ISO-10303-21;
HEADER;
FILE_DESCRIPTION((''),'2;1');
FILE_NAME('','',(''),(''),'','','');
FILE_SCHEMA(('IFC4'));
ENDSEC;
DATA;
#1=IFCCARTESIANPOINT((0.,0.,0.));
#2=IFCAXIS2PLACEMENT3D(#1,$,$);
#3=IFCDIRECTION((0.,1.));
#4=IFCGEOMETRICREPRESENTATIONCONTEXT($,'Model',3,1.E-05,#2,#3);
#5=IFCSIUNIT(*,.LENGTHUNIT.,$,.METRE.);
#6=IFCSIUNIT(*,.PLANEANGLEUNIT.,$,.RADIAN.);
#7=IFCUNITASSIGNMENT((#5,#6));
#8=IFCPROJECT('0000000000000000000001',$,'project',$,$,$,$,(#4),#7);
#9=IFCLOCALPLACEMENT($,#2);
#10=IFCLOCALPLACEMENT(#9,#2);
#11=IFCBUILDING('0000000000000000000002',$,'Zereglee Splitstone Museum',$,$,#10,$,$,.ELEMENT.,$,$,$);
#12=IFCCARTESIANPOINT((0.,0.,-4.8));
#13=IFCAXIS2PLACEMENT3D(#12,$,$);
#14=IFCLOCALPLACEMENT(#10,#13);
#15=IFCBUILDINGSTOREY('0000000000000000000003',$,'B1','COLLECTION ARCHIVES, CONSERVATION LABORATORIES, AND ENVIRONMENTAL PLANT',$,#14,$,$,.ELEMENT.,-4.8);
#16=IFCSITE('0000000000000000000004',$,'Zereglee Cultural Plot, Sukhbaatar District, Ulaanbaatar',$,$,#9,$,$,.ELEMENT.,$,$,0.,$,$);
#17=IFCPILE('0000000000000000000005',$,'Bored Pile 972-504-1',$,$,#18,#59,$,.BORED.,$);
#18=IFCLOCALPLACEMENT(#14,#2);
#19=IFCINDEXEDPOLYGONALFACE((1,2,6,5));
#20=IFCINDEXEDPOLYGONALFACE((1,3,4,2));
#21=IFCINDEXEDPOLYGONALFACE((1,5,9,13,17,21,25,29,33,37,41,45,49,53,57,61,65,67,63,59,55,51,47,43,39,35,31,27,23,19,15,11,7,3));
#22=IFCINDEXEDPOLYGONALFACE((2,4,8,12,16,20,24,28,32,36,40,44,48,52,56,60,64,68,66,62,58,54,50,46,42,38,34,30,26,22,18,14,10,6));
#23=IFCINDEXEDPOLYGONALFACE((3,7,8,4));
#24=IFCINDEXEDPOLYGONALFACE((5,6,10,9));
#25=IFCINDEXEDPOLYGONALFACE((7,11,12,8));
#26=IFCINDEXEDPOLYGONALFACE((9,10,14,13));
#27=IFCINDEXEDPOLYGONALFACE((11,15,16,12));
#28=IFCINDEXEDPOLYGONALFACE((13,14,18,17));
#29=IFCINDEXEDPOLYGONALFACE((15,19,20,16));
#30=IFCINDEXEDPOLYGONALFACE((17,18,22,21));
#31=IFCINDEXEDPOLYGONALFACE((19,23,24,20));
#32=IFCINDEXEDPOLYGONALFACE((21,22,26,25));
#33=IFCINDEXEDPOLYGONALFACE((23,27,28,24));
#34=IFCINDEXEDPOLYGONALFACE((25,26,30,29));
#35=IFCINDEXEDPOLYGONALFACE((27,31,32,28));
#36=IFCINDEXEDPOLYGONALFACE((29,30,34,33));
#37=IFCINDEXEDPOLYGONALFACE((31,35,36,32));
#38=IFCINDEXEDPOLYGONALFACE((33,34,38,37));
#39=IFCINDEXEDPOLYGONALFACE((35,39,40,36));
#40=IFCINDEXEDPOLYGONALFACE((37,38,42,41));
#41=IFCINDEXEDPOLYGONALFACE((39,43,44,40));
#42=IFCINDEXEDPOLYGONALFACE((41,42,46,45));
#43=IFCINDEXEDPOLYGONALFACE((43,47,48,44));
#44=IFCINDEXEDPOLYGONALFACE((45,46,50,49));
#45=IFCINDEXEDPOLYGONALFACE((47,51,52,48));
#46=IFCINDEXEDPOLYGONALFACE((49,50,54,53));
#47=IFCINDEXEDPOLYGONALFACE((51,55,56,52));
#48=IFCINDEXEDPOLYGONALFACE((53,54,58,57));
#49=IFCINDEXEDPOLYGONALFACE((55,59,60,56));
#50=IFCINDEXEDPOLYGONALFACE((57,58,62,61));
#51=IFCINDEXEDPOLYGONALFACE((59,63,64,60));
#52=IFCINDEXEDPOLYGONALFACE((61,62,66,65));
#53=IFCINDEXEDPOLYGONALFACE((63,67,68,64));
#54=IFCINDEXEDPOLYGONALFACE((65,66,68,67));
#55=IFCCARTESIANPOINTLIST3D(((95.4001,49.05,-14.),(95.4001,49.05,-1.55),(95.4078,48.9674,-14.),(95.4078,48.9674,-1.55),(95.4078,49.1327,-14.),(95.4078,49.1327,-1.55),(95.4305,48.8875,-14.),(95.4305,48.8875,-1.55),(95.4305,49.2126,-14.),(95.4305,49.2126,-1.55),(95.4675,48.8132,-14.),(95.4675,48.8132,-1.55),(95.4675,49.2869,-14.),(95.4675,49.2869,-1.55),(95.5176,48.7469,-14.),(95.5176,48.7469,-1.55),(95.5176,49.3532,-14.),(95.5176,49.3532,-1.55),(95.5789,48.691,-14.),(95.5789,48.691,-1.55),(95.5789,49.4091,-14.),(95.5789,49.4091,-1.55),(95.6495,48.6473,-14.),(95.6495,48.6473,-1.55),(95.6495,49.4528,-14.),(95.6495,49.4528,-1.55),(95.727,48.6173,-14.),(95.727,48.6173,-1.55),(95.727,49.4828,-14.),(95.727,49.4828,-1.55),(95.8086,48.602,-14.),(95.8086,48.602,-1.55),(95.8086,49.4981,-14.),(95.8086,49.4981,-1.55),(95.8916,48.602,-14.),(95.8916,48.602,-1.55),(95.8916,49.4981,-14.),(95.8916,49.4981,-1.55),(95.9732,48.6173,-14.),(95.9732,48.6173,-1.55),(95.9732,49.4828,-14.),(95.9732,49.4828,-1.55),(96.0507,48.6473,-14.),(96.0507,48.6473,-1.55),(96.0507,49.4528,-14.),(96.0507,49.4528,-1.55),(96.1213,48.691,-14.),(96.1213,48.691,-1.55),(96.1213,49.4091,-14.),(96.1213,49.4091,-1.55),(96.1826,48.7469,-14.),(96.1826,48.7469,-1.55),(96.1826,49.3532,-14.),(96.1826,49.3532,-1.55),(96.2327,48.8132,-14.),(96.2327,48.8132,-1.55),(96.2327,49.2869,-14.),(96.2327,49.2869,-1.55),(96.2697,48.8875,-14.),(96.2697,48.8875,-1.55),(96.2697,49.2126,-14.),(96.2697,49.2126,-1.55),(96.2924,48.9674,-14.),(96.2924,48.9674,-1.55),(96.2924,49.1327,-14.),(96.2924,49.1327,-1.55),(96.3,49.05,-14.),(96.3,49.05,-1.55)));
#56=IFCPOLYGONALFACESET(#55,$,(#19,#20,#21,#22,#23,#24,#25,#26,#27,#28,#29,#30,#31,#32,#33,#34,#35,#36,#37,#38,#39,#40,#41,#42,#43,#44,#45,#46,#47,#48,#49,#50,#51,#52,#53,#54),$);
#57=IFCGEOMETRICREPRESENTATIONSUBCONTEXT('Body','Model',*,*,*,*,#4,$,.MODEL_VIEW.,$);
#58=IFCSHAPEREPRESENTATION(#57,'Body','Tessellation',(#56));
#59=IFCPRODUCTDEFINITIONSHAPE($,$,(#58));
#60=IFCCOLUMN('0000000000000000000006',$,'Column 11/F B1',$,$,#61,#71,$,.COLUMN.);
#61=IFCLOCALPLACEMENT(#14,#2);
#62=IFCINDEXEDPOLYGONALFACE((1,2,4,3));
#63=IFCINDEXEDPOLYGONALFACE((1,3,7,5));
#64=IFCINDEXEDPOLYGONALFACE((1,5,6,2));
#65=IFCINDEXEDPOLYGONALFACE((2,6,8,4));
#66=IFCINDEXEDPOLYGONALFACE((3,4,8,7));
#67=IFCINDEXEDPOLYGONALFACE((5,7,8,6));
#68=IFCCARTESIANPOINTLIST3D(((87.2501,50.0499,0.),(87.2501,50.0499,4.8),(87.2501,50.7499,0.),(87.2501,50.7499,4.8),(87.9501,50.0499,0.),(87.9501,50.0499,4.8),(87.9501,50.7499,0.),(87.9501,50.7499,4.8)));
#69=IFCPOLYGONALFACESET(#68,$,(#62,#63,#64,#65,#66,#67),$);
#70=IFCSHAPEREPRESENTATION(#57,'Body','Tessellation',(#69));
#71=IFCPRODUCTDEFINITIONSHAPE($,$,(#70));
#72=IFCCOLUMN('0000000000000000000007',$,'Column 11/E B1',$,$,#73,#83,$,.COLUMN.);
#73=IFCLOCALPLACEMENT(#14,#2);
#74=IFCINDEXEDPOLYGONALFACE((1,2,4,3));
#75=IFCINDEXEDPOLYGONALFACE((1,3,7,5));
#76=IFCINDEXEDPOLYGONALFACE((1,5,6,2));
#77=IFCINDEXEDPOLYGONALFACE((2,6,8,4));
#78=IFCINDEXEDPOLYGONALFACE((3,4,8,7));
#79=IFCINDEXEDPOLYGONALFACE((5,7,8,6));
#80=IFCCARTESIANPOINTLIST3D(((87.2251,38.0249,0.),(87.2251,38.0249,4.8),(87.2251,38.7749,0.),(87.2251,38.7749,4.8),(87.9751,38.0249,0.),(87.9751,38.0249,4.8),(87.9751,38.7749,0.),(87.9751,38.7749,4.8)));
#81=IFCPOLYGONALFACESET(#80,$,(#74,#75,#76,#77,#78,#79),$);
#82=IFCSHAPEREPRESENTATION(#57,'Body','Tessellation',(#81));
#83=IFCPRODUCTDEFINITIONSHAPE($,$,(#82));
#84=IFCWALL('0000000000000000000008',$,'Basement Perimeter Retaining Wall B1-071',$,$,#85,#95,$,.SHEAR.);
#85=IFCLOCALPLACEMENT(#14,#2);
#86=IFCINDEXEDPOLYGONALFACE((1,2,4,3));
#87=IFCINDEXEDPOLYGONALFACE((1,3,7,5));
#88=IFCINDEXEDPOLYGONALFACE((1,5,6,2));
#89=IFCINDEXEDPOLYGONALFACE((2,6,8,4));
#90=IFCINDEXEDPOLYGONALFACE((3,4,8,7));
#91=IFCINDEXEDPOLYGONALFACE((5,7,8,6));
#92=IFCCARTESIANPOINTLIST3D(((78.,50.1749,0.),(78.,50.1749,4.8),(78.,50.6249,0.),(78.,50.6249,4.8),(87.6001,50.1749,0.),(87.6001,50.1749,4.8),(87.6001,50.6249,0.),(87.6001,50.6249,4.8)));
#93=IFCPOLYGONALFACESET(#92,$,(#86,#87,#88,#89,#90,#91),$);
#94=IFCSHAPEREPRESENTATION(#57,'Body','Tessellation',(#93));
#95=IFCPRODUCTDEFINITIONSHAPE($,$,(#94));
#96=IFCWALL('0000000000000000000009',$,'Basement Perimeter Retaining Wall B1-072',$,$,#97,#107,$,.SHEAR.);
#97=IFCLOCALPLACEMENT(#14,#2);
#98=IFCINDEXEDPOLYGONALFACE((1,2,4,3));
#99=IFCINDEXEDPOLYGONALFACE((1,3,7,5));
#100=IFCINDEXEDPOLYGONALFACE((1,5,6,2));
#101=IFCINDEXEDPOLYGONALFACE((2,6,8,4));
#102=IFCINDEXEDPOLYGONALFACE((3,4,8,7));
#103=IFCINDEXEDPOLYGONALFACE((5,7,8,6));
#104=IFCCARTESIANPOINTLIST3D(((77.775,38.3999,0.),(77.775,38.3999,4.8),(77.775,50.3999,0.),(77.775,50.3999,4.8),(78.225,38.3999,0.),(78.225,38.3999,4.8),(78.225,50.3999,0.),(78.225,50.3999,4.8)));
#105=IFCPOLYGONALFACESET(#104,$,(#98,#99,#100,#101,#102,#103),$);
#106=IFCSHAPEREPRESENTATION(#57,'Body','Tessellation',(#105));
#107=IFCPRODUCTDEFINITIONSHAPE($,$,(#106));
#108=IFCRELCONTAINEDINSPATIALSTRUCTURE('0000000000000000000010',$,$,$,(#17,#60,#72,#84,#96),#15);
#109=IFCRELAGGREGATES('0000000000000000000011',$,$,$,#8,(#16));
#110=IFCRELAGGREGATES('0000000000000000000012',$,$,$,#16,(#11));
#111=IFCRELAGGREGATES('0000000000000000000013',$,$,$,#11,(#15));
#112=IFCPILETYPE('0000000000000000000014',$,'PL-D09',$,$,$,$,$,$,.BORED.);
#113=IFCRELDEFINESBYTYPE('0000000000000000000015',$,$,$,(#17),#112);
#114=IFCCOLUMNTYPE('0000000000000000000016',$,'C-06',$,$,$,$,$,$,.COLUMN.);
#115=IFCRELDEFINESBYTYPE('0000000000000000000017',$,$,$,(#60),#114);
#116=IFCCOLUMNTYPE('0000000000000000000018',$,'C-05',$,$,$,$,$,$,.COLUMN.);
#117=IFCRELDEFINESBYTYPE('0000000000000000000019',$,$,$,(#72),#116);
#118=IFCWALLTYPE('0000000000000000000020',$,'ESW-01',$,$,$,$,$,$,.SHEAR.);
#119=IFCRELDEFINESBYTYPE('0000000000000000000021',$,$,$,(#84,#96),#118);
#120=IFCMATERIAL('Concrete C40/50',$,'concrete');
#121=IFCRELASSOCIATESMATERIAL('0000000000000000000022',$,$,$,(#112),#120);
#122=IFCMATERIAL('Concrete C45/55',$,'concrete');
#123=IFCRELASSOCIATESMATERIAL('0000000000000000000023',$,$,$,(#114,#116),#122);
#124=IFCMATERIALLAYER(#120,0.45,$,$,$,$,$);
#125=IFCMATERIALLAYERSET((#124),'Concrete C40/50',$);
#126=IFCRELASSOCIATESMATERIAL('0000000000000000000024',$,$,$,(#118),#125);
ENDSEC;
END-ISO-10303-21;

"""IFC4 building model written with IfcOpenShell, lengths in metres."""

from ifc_helpers import new_model, si_unit, direction, frame, frame_2d, origin, origin_2d, place, context, subcontext, project, spatial, rectangle, circle, extrude, material, layer, layer_set, material_profile, profile_set, type_object, element, save


model = new_model("IFC4")

# Units and contexts
model_context = context("Model", 3, precision=1e-05, world=origin(), true_north=direction((0.0, 1.0)))
body_context = subcontext(model_context, "Body", "Model", "MODEL_VIEW")
ifc_project = project(units=[si_unit("LENGTHUNIT", "METRE"), si_unit("PLANEANGLEUNIT", "RADIAN")], contexts=[model_context])

# Site, building, storey
site_placement = place(None, origin())
site = spatial("IfcSite", under=ifc_project, at=site_placement, Name="Zereglee Cultural Plot, Sukhbaatar District, Ulaanbaatar", CompositionType="ELEMENT", RefElevation=0.0)
building_placement = place(site_placement, origin())
building = spatial("IfcBuilding", under=site, at=building_placement, Name="Zereglee Splitstone Museum", CompositionType="ELEMENT")
storey_placement = place(building_placement, frame((0.0, 0.0, -4.8)))
storey = spatial("IfcBuildingStorey", under=building, at=storey_placement, Name="B1", Description="COLLECTION ARCHIVES, CONSERVATION LABORATORIES, AND ENVIRONMENTAL PLANT", CompositionType="ELEMENT", Elevation=-4.8)

# Shared definitions
ifc_material_1 = material(Name="Concrete C40/50", Category="concrete")

# Pile
ifc_material_profile_1 = material_profile(ifc_material_1, circle(Radius=0.45, at=origin_2d()), Name="PILE D900")
ifc_profile_set_1 = profile_set([ifc_material_profile_1], Name="Concrete C40/50")
pile_type = type_object("IfcPileType", Name="PL-D09", PredefinedType="BORED", material=ifc_profile_set_1)
pile_1_placement = place(storey_placement, frame((95.8501, 49.05, -1.55), z_axis=(0.0, 0.0, -1.0), x_axis=(1.0, 0.0, 0.0)))
element("IfcPile", 1, at=pile_1_placement, inside=storey, type_object=pile_type, Name="Bored Pile 972-504-1", PredefinedType="BORED", context=body_context, shape_type="SweptSolid", body=[
    extrude(circle(Radius=0.45, at=origin_2d()), origin(), (0.0, 0.0, 1.0), 12.45),
])

# Columns
ifc_material_2 = material(Name="Concrete C45/55", Category="concrete")
ifc_material_profile_2 = material_profile(ifc_material_2, rectangle(XDim=0.7, YDim=0.7, at=origin_2d()), Name="RC 700x700")
ifc_profile_set_2 = profile_set([ifc_material_profile_2], Name="Concrete C45/55")
column_type_1 = type_object("IfcColumnType", Name="C-06", PredefinedType="COLUMN", material=ifc_profile_set_2)
column_1_placement = place(storey_placement, frame((87.6001, 50.3999, 0.0), z_axis=(0.0, 0.0, 1.0), x_axis=(1.0, 0.0, 0.0)))
element("IfcColumn", 2, at=column_1_placement, inside=storey, type_object=column_type_1, Name="Column 11/F B1", PredefinedType="COLUMN", context=body_context, shape_type="SweptSolid", body=[
    extrude(rectangle(XDim=0.7, YDim=0.7, at=origin_2d()), origin(), (0.0, 0.0, 1.0), 4.8),
])
ifc_material_profile_3 = material_profile(ifc_material_2, rectangle(XDim=0.75, YDim=0.75, at=origin_2d()), Name="RC 750x750")
ifc_profile_set_3 = profile_set([ifc_material_profile_3], Name="Concrete C45/55")
column_type_2 = type_object("IfcColumnType", Name="C-05", PredefinedType="COLUMN", material=ifc_profile_set_3)
column_2_placement = place(storey_placement, frame((87.6001, 38.3999, 0.0), z_axis=(0.0, 0.0, 1.0), x_axis=(1.0, 0.0, 0.0)))
element("IfcColumn", 3, at=column_2_placement, inside=storey, type_object=column_type_2, Name="Column 11/E B1", PredefinedType="COLUMN", context=body_context, shape_type="SweptSolid", body=[
    extrude(rectangle(XDim=0.75, YDim=0.75, at=origin_2d()), origin(), (0.0, 0.0, 1.0), 4.8),
])

# Walls
ifc_layer_1 = layer(ifc_material_1, 0.45)
ifc_layer_set_1 = layer_set([ifc_layer_1], Name="Concrete C40/50")
wall_type = type_object("IfcWallType", Name="ESW-01", PredefinedType="SHEAR", material=ifc_layer_set_1)
wall_1_placement = place(storey_placement, frame((87.6001, 50.3999, 0.0), z_axis=(0.0, 0.0, 1.0), x_axis=(-1.0, 0.0, 0.0)))
element("IfcWall", 4, at=wall_1_placement, inside=storey, type_object=wall_type, Name="Basement Perimeter Retaining Wall B1-071", PredefinedType="SHEAR", context=body_context, shape_type="SweptSolid", body=[
    extrude(rectangle(XDim=9.6001, YDim=0.45, at=frame_2d((4.8, 0.0))), origin(), (0.0, 0.0, 1.0), 4.8),
])
wall_2_placement = place(storey_placement, frame((78.0, 50.3999, 0.0), z_axis=(0.0, 0.0, 1.0), x_axis=(0.0, -1.0, 0.0)))
element("IfcWall", 5, at=wall_2_placement, inside=storey, type_object=wall_type, Name="Basement Perimeter Retaining Wall B1-072", PredefinedType="SHEAR", context=body_context, shape_type="SweptSolid", body=[
    extrude(rectangle(XDim=12.0, YDim=0.45, at=frame_2d((6.0, 0.0))), origin(), (0.0, 0.0, 1.0), 4.8),
])

save(model, "model.ifc")
